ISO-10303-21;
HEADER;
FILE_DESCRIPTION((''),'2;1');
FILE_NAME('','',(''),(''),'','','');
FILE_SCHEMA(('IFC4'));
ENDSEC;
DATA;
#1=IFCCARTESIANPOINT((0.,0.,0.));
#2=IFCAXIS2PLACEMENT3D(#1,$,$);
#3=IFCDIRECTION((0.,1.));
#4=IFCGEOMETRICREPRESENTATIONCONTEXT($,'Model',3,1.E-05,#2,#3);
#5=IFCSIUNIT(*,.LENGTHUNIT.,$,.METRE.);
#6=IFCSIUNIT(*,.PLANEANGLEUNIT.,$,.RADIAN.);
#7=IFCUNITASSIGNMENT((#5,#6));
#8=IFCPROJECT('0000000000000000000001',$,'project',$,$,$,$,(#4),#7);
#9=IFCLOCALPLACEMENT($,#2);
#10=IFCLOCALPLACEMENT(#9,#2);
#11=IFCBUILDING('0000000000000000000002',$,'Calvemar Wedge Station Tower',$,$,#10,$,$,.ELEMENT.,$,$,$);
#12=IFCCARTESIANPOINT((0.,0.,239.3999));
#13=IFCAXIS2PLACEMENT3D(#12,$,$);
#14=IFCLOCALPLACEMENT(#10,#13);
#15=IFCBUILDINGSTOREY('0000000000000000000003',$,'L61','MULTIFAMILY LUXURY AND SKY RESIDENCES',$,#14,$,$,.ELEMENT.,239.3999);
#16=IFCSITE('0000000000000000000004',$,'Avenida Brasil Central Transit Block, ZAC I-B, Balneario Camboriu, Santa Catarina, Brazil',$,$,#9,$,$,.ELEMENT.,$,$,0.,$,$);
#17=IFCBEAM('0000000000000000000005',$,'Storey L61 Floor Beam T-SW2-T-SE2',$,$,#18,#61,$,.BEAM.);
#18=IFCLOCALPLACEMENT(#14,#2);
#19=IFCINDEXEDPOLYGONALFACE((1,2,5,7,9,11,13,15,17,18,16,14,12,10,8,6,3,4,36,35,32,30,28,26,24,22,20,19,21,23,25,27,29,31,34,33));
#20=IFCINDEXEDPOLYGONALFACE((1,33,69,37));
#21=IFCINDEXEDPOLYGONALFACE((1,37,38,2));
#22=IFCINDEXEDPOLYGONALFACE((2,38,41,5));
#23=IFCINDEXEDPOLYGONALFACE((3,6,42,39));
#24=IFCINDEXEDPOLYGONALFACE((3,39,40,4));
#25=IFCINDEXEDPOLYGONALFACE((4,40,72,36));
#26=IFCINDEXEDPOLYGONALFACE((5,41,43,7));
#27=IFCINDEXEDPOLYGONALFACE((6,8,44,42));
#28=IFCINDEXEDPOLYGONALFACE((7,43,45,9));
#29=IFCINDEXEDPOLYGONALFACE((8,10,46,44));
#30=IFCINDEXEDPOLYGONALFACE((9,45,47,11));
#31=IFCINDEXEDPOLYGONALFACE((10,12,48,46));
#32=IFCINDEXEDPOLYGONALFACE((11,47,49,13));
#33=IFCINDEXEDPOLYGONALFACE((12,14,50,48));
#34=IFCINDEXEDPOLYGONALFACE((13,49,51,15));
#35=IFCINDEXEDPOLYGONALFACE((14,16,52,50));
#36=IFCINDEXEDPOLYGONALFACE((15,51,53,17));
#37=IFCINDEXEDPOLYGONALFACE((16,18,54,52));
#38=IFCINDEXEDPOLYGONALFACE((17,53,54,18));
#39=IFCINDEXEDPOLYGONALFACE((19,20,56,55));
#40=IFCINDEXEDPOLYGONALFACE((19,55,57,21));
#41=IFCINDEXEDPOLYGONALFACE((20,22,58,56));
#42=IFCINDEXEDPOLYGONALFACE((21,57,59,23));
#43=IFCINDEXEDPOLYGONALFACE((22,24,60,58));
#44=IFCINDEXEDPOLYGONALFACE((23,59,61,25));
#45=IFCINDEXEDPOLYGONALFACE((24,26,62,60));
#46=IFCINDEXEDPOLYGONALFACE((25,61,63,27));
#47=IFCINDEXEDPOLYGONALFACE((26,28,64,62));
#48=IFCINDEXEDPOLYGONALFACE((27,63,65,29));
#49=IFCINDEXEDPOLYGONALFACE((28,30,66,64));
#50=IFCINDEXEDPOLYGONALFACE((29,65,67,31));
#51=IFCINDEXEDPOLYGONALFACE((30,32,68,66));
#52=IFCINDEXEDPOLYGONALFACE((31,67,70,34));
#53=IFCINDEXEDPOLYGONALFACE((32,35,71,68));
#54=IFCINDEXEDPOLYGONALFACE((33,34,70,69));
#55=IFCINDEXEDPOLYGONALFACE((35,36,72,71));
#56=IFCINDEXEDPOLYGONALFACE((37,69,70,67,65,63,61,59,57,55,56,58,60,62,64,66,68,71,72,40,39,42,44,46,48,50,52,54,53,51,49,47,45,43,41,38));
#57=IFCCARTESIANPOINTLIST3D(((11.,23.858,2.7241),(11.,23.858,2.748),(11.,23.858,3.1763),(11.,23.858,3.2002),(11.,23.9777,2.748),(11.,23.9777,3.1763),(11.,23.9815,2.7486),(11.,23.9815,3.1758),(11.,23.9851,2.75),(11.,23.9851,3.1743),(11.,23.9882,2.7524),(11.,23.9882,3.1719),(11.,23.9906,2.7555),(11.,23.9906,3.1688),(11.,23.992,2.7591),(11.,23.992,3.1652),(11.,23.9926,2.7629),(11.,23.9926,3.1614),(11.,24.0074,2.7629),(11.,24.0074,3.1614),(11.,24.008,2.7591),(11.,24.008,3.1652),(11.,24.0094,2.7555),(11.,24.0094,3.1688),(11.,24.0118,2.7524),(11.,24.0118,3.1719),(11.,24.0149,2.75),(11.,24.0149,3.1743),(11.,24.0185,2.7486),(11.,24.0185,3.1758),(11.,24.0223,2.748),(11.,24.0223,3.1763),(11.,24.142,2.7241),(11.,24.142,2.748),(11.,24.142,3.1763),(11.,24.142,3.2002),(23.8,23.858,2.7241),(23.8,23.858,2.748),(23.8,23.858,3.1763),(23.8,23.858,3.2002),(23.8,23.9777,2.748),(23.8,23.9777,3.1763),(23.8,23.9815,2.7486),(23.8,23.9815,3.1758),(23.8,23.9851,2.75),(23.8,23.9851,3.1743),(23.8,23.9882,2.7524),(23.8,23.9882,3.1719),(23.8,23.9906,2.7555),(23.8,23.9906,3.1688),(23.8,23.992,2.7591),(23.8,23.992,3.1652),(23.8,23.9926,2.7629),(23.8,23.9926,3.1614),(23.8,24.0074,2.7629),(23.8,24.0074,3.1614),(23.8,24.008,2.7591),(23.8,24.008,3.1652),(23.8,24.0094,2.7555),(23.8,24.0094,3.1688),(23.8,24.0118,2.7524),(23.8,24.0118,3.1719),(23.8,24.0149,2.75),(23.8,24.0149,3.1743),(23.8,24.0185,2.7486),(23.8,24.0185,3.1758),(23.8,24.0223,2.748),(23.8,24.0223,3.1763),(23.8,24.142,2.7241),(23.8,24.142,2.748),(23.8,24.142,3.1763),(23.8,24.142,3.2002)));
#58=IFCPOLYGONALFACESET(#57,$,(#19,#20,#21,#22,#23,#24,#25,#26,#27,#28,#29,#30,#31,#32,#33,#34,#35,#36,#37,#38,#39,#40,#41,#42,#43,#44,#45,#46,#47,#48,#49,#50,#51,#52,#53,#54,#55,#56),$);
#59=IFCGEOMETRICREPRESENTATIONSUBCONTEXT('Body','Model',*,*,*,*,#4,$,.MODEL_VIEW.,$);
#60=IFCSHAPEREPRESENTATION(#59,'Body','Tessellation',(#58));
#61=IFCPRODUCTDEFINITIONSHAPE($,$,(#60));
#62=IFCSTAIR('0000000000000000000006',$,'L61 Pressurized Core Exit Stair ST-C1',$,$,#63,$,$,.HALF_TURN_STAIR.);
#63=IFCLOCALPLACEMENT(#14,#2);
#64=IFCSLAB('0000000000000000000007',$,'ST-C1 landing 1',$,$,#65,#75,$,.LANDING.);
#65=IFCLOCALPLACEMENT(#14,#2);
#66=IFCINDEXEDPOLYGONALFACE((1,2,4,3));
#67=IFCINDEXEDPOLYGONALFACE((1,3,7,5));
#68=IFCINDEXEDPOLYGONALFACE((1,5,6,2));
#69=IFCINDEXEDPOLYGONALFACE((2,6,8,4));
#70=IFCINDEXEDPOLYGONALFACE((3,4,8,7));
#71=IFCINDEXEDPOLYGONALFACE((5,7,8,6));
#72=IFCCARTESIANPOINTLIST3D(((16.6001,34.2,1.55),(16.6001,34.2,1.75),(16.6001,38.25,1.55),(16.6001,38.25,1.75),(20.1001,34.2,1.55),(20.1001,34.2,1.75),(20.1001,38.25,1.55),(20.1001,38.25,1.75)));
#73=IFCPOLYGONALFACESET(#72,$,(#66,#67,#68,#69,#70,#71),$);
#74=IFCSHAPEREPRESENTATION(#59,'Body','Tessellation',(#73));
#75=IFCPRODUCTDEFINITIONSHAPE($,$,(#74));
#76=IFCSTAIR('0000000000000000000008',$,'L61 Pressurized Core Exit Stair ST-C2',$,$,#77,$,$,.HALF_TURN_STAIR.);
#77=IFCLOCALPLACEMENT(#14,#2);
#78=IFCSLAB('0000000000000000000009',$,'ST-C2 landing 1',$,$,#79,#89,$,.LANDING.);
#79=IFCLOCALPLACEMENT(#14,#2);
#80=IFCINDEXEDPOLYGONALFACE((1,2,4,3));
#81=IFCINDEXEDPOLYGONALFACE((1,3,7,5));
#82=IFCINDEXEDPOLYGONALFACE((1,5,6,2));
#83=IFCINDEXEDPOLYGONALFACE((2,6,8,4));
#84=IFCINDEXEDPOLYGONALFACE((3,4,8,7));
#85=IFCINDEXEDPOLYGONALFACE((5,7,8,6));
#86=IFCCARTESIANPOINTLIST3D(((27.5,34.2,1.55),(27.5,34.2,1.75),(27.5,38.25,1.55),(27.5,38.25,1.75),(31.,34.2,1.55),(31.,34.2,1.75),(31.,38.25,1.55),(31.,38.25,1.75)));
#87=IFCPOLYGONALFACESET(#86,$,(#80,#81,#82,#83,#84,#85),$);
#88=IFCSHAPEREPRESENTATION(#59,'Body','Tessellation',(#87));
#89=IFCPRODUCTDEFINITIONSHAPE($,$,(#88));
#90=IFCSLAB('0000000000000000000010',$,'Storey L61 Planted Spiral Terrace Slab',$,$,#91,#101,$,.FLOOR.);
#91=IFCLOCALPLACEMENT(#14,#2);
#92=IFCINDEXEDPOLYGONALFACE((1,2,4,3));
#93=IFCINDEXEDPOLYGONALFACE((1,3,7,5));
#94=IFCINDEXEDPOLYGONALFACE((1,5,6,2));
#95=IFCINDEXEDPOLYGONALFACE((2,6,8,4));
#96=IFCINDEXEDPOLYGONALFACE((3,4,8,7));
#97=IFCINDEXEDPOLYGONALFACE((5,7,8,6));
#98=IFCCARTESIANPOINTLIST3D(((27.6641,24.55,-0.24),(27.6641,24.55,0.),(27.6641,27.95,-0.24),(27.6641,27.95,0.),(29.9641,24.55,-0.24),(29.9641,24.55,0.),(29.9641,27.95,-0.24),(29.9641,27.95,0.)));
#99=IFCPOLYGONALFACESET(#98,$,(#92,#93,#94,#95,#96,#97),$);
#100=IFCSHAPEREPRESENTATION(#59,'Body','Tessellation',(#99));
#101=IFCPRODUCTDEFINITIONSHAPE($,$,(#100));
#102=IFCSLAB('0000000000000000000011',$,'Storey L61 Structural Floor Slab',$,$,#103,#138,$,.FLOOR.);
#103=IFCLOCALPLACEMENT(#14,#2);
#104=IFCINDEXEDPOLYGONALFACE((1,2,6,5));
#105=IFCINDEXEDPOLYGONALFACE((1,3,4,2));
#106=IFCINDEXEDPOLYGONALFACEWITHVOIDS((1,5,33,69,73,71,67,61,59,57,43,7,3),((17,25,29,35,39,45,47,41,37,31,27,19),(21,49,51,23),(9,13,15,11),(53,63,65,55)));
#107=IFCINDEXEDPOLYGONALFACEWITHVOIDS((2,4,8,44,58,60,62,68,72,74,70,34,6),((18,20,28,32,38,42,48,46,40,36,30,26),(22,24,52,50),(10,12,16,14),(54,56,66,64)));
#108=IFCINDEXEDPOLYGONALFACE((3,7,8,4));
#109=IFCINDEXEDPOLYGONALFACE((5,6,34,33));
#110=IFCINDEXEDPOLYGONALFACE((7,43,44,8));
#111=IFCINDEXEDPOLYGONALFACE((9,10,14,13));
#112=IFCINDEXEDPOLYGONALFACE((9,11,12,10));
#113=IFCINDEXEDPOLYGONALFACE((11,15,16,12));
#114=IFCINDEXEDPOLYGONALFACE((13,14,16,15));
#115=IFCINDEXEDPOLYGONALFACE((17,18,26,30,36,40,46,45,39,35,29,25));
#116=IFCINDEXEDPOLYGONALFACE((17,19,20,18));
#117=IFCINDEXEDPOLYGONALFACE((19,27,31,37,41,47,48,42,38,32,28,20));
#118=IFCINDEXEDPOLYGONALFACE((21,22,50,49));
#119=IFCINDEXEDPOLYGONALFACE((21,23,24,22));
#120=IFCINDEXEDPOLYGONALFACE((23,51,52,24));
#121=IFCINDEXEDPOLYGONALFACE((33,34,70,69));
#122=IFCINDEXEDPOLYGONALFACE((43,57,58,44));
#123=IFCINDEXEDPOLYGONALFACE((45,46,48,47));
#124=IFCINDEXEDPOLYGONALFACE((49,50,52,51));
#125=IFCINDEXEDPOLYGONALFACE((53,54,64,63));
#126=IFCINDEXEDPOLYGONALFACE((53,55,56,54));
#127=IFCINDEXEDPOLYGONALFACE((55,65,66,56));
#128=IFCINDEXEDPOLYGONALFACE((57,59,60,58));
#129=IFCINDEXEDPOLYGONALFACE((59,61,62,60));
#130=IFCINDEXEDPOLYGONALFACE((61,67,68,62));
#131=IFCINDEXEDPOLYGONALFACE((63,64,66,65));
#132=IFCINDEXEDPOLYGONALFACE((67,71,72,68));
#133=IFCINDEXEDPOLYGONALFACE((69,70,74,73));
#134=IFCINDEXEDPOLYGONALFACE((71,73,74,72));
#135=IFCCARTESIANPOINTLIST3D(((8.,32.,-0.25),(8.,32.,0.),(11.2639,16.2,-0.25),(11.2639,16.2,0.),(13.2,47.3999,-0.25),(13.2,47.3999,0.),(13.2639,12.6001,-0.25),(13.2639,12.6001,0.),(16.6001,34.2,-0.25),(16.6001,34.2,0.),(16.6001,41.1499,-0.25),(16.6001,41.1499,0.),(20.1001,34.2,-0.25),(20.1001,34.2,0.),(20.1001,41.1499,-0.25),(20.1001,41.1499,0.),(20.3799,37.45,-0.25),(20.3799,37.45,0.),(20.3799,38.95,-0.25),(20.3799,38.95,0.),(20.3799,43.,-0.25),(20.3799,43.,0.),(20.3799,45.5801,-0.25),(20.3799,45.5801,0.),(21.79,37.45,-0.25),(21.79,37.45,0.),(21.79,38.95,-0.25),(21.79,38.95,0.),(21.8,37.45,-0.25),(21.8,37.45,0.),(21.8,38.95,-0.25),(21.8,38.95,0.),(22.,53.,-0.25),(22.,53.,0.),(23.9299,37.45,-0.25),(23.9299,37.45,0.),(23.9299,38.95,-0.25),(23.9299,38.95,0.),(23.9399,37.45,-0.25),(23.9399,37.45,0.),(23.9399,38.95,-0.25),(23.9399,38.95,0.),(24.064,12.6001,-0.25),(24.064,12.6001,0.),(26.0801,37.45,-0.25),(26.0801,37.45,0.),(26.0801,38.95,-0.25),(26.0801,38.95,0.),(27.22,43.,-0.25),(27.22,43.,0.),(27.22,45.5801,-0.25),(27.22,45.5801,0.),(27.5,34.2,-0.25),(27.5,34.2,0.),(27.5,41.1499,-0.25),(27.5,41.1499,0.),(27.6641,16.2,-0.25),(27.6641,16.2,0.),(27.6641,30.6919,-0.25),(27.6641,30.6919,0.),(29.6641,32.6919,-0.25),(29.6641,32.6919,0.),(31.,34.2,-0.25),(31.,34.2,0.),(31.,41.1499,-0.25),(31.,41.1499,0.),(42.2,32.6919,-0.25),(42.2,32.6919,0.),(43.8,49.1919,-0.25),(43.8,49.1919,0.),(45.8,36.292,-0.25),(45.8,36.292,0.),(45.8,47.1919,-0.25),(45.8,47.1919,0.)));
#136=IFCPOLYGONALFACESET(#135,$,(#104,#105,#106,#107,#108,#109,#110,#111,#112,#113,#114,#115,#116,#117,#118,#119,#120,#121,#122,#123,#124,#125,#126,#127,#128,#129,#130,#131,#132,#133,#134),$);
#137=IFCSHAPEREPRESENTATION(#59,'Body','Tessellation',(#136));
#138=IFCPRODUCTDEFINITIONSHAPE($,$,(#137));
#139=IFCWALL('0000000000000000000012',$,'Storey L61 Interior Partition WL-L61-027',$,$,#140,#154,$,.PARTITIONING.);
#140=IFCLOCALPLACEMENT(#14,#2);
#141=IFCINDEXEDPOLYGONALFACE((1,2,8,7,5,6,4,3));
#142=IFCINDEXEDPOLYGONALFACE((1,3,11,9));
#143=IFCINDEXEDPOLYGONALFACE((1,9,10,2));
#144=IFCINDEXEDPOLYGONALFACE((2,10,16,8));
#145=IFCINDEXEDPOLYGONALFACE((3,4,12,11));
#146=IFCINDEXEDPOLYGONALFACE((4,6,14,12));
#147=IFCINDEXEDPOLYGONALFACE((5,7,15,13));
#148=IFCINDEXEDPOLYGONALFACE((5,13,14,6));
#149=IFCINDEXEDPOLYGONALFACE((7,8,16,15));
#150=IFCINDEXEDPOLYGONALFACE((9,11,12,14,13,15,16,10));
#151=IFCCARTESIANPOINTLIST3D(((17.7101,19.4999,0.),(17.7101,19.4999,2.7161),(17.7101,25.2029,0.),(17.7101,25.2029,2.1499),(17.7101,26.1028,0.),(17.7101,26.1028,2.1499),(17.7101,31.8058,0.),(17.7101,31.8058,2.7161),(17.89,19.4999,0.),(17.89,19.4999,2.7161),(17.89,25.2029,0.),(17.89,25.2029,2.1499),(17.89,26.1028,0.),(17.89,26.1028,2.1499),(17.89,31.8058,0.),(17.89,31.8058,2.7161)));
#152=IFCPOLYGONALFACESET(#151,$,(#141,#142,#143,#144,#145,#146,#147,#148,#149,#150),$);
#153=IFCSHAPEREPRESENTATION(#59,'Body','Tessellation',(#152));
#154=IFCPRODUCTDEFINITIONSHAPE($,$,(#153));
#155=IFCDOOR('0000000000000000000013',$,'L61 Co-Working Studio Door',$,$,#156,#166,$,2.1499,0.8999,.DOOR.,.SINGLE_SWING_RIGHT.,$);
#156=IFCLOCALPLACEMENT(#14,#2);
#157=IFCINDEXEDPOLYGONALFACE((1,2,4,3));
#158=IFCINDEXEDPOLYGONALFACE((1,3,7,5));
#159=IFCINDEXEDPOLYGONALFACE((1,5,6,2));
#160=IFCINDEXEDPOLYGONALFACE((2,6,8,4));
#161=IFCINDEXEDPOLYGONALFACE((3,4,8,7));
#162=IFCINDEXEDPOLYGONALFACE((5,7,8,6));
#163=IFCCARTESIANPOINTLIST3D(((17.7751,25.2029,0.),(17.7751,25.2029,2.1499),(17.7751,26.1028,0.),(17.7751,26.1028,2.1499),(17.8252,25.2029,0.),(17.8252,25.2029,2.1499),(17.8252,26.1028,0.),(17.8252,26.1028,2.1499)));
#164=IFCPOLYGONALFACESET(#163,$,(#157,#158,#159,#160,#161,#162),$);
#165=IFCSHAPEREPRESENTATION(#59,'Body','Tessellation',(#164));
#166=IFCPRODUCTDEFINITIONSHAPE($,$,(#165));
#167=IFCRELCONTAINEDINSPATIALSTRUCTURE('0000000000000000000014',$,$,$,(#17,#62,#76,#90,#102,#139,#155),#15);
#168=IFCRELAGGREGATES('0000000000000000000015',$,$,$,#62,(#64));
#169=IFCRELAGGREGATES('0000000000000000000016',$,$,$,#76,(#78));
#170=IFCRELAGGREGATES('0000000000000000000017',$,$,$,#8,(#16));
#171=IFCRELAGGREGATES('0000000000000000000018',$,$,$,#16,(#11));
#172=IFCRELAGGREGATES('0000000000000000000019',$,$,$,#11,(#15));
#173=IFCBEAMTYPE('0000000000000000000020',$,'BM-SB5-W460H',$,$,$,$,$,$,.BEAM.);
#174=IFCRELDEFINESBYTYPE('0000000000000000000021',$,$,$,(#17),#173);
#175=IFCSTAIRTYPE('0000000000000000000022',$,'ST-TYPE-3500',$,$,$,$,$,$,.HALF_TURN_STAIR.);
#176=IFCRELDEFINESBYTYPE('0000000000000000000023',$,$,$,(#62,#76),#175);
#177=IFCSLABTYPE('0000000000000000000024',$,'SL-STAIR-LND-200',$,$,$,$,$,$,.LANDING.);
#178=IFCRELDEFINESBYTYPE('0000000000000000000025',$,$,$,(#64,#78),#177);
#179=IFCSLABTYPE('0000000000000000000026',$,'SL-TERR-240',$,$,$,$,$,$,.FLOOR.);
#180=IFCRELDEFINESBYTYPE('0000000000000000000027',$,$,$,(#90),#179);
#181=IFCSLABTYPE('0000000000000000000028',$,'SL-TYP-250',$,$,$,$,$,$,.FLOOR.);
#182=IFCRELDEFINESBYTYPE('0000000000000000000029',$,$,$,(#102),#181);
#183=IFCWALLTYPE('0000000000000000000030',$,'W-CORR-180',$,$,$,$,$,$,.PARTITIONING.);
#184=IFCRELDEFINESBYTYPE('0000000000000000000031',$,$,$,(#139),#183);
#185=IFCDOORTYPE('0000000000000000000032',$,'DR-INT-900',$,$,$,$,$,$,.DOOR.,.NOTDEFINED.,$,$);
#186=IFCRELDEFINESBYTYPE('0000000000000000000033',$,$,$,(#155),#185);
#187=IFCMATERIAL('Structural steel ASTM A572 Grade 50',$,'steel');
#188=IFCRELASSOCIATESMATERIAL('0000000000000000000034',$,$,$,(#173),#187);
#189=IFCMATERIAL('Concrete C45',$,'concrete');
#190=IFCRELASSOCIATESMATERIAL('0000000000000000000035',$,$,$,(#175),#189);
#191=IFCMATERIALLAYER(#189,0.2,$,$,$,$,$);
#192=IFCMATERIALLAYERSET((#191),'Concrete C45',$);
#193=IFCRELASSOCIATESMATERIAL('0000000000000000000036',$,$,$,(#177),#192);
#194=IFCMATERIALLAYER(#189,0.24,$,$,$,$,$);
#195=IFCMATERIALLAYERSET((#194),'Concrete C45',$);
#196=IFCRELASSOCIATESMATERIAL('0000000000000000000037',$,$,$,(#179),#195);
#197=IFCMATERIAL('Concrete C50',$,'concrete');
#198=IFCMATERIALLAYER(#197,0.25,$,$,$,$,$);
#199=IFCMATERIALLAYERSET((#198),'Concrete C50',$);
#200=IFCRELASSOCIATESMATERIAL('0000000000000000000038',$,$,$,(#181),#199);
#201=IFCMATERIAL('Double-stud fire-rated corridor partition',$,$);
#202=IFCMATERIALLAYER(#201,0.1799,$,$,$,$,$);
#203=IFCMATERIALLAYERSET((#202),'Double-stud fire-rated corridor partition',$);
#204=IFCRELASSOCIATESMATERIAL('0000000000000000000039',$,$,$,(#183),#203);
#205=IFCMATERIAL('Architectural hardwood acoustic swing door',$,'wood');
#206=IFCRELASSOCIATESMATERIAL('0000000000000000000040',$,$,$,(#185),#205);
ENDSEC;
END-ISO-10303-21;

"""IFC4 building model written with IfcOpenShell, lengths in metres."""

from ifc_helpers import new_model, si_unit, direction, frame, frame_2d, origin, origin_2d, place, context, subcontext, project, spatial, polyline, rectangle, i_section, outline, extrude, source, transform, mapped, material, layer, layer_set, material_profile, profile_set, type_object, element, fill, aggregate, save


model = new_model("IFC4")

# Units and contexts
model_context = context("Model", 3, precision=1e-05, world=origin(), true_north=direction((0.0, 1.0)))
body_context = subcontext(model_context, "Body", "Model", "MODEL_VIEW")
ifc_project = project(units=[si_unit("LENGTHUNIT", "METRE"), si_unit("PLANEANGLEUNIT", "RADIAN")], contexts=[model_context])

# Site, building, storey
site_placement = place(None, origin())
site = spatial("IfcSite", under=ifc_project, at=site_placement, Name="Avenida Brasil Central Transit Block, ZAC I-B, Balneario Camboriu, Santa Catarina, Brazil", CompositionType="ELEMENT", RefElevation=0.0)
building_placement = place(site_placement, origin())
building = spatial("IfcBuilding", under=site, at=building_placement, Name="Calvemar Wedge Station Tower", CompositionType="ELEMENT")
storey_placement = place(building_placement, frame((0.0, 0.0, 239.3999)))
storey = spatial("IfcBuildingStorey", under=building, at=storey_placement, Name="L61", Description="MULTIFAMILY LUXURY AND SKY RESIDENCES", CompositionType="ELEMENT", Elevation=239.3999)

# Shared definitions
ifc_material_1 = material(Name="Concrete C50", Category="concrete")

# Beam
ifc_material_2 = material(Name="Structural steel ASTM A572 Grade 50", Category="steel")
ifc_material_profile_1 = material_profile(ifc_material_2, i_section(OverallWidth=0.2839, OverallDepth=0.4761, WebThickness=0.0149, FlangeThickness=0.0239, FilletRadius=0.0149, at=origin_2d()), Name="W460x158")
ifc_profile_set_1 = profile_set([ifc_material_profile_1], Name="Structural steel ASTM A572 Grade 50")
beam_type_1 = type_object("IfcBeamType", Name="BM-SB5-W460H", PredefinedType="BEAM", material=ifc_profile_set_1)
shared_shape_1 = source(origin(), body_context, "Body", "SweptSolid", [
    extrude(i_section(OverallWidth=0.2839, OverallDepth=0.4761, WebThickness=0.0149, FlangeThickness=0.0239, FilletRadius=0.0149, at=origin_2d()), origin(), (0.0, 0.0, 1.0), 12.8),
])
for number, where, z_axis, x_axis, name in (
    (1, (11.0, 24.0, 2.9622), (1.0, 0.0, 0.0), (0.0, 1.0, 0.0), "Storey L61 Floor Beam T-SW2-T-SE2"),
):
    element("IfcBeam", number, at=place(storey_placement, frame(where, z_axis=z_axis, x_axis=x_axis)), inside=storey, type_object=beam_type_1, Name=name, PredefinedType="BEAM", context=body_context, shape_type="MappedRepresentation", body=[
        mapped(shared_shape_1, transform((0.0, 0.0, 0.0), scale=1.0)),
    ])

# Stairs, slabs
ifc_material_3 = material(Name="Concrete C45", Category="concrete")
stair_type = type_object("IfcStairType", Name="ST-TYPE-3500", PredefinedType="HALF_TURN_STAIR", material=ifc_material_3)
stair_1_placement = place(storey_placement, origin())
stair_1 = element("IfcStair", 2, at=stair_1_placement, inside=storey, type_object=stair_type, Name="L61 Pressurized Core Exit Stair ST-C1", PredefinedType="HALF_TURN_STAIR")
ifc_layer_1 = layer(ifc_material_3, 0.2)
ifc_layer_set_1 = layer_set([ifc_layer_1], Name="Concrete C45")
slab_type_1 = type_object("IfcSlabType", Name="SL-STAIR-LND-200", PredefinedType="LANDING", material=ifc_layer_set_1)
slab_1_placement = place(storey_placement, frame((0.0, 0.0, 1.55)))
slab_1 = element("IfcSlab", 3, at=slab_1_placement, type_object=slab_type_1, Name="ST-C1 landing 1", PredefinedType="LANDING", context=body_context, shape_type="SweptSolid", body=[
    extrude(outline(polyline([(16.6001, 38.25), (16.6001, 34.2), (20.1001, 34.2), (20.1001, 38.25), (16.6001, 38.25)])), origin(), (0.0, 0.0, 1.0), 0.2),
])
aggregate(stair_1, [slab_1])
stair_2_placement = place(storey_placement, origin())
stair_2 = element("IfcStair", 4, at=stair_2_placement, inside=storey, type_object=stair_type, Name="L61 Pressurized Core Exit Stair ST-C2", PredefinedType="HALF_TURN_STAIR")
slab_2_placement = place(storey_placement, frame((0.0, 0.0, 1.55)))
slab_2 = element("IfcSlab", 5, at=slab_2_placement, type_object=slab_type_1, Name="ST-C2 landing 1", PredefinedType="LANDING", context=body_context, shape_type="SweptSolid", body=[
    extrude(outline(polyline([(27.5, 38.25), (27.5, 34.2), (31.0, 34.2), (31.0, 38.25), (27.5, 38.25)])), origin(), (0.0, 0.0, 1.0), 0.2),
])
aggregate(stair_2, [slab_2])

# Slabs
ifc_layer_2 = layer(ifc_material_3, 0.24)
ifc_layer_set_2 = layer_set([ifc_layer_2], Name="Concrete C45")
slab_type_2 = type_object("IfcSlabType", Name="SL-TERR-240", PredefinedType="FLOOR", material=ifc_layer_set_2)
slab_3_placement = place(storey_placement, frame((0.0, 0.0, -0.24)))
element("IfcSlab", 6, at=slab_3_placement, inside=storey, type_object=slab_type_2, Name="Storey L61 Planted Spiral Terrace Slab", PredefinedType="FLOOR", context=body_context, shape_type="SweptSolid", body=[
    extrude(outline(polyline([(27.6641, 24.55), (29.9641, 24.55), (29.9641, 27.95), (27.6641, 27.95), (27.6641, 24.55)])), origin(), (0.0, 0.0, 1.0), 0.24),
])
ifc_layer_3 = layer(ifc_material_1, 0.25)
ifc_layer_set_3 = layer_set([ifc_layer_3], Name="Concrete C50")
slab_type_3 = type_object("IfcSlabType", Name="SL-TYP-250", PredefinedType="FLOOR", material=ifc_layer_set_3)
slab_4_placement = place(storey_placement, frame((0.0, 0.0, -0.25)))
element("IfcSlab", 7, at=slab_4_placement, inside=storey, type_object=slab_type_3, Name="Storey L61 Structural Floor Slab", PredefinedType="FLOOR", context=body_context, shape_type="SweptSolid", body=[
    extrude(outline(polyline([(8.0, 32.0), (11.2639, 16.2), (13.2639, 12.6001), (24.064, 12.6001), (27.6641, 16.2), (27.6641, 30.6919), (29.6641, 32.6919), (42.2, 32.6919), (45.8, 36.292), (45.8, 47.1919), (43.8, 49.1919), (22.0, 53.0), (13.2, 47.3999), (8.0, 32.0)]), holes=[polyline([(20.1001, 34.2), (20.1001, 41.1499), (16.6001, 41.1499), (16.6001, 34.2), (20.1001, 34.2)]), polyline([(27.5, 34.2), (31.0, 34.2), (31.0, 41.1499), (27.5, 41.1499), (27.5, 34.2)]), polyline([(21.8, 37.45), (23.9299, 37.45), (23.9399, 37.45), (26.0801, 37.45), (26.0801, 38.95), (23.9399, 38.95), (23.9299, 38.95), (21.8, 38.95), (21.79, 38.95), (20.3799, 38.95), (20.3799, 37.45), (21.79, 37.45), (21.8, 37.45)]), polyline([(27.22, 43.0), (27.22, 45.5801), (20.3799, 45.5801), (20.3799, 43.0), (27.22, 43.0)])]), origin(), (0.0, 0.0, 1.0), 0.25),
])

# Wall, opening, door
ifc_material_4 = material(Name="Double-stud fire-rated corridor partition")
ifc_layer_4 = layer(ifc_material_4, 0.1799)
ifc_layer_set_4 = layer_set([ifc_layer_4], Name="Double-stud fire-rated corridor partition")
wall_type_1 = type_object("IfcWallType", Name="W-CORR-180", PredefinedType="PARTITIONING", material=ifc_layer_set_4)
wall_1_placement = place(storey_placement, frame((17.8, 19.5, 0.0), z_axis=(0.0, 0.0, 1.0), x_axis=(0.0, 1.0, 0.0)))
wall_1 = element("IfcWall", 8, at=wall_1_placement, inside=storey, type_object=wall_type_1, Name="Storey L61 Interior Partition WL-L61-027", PredefinedType="PARTITIONING", context=body_context, shape_type="SweptSolid", body=[
    extrude(rectangle(XDim=12.3059, YDim=0.1799, at=frame_2d((6.1528, 0.0))), origin(), (0.0, 0.0, 1.0), 2.7161),
])
shared_shape_2 = source(origin(), body_context, "Body", "SweptSolid", [
    extrude(rectangle(XDim=0.8999, YDim=2.1499, at=frame_2d((0.45, 1.075))), frame((0.0, 0.1001, 0.0), z_axis=(0.0, -1.0, 0.0), x_axis=(1.0, 0.0, 0.0)), (0.0, 0.0, 1.0), 0.2),
])
opening_1_placement = place(wall_1_placement, frame((5.7029, 0.0, 0.0)))
opening_1 = element("IfcOpeningElement", 9, at=opening_1_placement, cuts=wall_1, PredefinedType="OPENING", context=body_context, shape_type="MappedRepresentation", body=[
    mapped(shared_shape_2, transform((0.0, 0.0, 0.0), scale=1.0)),
])
ifc_material_5 = material(Name="Architectural hardwood acoustic swing door", Category="wood")
door_type_1 = type_object("IfcDoorType", Name="DR-INT-900", OperationType="NOTDEFINED", PredefinedType="DOOR", material=ifc_material_5)
shared_shape_3 = source(origin(), body_context, "Body", "SweptSolid", [
    extrude(rectangle(XDim=0.8999, YDim=2.1499, at=frame_2d((0.45, 1.075))), frame((0.0, 0.0249, 0.0), z_axis=(0.0, -1.0, 0.0), x_axis=(1.0, 0.0, 0.0)), (0.0, 0.0, 1.0), 0.05),
])
door_1_placement = place(opening_1_placement, origin())
door_1 = element("IfcDoor", 10, at=door_1_placement, inside=storey, type_object=door_type_1, Name="L61 Co-Working Studio Door", OperationType="SINGLE_SWING_RIGHT", OverallHeight=2.1499, OverallWidth=0.8999, PredefinedType="DOOR", context=body_context, shape_type="MappedRepresentation", body=[
    mapped(shared_shape_3, transform((0.0, 0.0, 0.0), scale=1.0)),
])
fill(opening_1, door_1)

save(model, "model.ifc")
